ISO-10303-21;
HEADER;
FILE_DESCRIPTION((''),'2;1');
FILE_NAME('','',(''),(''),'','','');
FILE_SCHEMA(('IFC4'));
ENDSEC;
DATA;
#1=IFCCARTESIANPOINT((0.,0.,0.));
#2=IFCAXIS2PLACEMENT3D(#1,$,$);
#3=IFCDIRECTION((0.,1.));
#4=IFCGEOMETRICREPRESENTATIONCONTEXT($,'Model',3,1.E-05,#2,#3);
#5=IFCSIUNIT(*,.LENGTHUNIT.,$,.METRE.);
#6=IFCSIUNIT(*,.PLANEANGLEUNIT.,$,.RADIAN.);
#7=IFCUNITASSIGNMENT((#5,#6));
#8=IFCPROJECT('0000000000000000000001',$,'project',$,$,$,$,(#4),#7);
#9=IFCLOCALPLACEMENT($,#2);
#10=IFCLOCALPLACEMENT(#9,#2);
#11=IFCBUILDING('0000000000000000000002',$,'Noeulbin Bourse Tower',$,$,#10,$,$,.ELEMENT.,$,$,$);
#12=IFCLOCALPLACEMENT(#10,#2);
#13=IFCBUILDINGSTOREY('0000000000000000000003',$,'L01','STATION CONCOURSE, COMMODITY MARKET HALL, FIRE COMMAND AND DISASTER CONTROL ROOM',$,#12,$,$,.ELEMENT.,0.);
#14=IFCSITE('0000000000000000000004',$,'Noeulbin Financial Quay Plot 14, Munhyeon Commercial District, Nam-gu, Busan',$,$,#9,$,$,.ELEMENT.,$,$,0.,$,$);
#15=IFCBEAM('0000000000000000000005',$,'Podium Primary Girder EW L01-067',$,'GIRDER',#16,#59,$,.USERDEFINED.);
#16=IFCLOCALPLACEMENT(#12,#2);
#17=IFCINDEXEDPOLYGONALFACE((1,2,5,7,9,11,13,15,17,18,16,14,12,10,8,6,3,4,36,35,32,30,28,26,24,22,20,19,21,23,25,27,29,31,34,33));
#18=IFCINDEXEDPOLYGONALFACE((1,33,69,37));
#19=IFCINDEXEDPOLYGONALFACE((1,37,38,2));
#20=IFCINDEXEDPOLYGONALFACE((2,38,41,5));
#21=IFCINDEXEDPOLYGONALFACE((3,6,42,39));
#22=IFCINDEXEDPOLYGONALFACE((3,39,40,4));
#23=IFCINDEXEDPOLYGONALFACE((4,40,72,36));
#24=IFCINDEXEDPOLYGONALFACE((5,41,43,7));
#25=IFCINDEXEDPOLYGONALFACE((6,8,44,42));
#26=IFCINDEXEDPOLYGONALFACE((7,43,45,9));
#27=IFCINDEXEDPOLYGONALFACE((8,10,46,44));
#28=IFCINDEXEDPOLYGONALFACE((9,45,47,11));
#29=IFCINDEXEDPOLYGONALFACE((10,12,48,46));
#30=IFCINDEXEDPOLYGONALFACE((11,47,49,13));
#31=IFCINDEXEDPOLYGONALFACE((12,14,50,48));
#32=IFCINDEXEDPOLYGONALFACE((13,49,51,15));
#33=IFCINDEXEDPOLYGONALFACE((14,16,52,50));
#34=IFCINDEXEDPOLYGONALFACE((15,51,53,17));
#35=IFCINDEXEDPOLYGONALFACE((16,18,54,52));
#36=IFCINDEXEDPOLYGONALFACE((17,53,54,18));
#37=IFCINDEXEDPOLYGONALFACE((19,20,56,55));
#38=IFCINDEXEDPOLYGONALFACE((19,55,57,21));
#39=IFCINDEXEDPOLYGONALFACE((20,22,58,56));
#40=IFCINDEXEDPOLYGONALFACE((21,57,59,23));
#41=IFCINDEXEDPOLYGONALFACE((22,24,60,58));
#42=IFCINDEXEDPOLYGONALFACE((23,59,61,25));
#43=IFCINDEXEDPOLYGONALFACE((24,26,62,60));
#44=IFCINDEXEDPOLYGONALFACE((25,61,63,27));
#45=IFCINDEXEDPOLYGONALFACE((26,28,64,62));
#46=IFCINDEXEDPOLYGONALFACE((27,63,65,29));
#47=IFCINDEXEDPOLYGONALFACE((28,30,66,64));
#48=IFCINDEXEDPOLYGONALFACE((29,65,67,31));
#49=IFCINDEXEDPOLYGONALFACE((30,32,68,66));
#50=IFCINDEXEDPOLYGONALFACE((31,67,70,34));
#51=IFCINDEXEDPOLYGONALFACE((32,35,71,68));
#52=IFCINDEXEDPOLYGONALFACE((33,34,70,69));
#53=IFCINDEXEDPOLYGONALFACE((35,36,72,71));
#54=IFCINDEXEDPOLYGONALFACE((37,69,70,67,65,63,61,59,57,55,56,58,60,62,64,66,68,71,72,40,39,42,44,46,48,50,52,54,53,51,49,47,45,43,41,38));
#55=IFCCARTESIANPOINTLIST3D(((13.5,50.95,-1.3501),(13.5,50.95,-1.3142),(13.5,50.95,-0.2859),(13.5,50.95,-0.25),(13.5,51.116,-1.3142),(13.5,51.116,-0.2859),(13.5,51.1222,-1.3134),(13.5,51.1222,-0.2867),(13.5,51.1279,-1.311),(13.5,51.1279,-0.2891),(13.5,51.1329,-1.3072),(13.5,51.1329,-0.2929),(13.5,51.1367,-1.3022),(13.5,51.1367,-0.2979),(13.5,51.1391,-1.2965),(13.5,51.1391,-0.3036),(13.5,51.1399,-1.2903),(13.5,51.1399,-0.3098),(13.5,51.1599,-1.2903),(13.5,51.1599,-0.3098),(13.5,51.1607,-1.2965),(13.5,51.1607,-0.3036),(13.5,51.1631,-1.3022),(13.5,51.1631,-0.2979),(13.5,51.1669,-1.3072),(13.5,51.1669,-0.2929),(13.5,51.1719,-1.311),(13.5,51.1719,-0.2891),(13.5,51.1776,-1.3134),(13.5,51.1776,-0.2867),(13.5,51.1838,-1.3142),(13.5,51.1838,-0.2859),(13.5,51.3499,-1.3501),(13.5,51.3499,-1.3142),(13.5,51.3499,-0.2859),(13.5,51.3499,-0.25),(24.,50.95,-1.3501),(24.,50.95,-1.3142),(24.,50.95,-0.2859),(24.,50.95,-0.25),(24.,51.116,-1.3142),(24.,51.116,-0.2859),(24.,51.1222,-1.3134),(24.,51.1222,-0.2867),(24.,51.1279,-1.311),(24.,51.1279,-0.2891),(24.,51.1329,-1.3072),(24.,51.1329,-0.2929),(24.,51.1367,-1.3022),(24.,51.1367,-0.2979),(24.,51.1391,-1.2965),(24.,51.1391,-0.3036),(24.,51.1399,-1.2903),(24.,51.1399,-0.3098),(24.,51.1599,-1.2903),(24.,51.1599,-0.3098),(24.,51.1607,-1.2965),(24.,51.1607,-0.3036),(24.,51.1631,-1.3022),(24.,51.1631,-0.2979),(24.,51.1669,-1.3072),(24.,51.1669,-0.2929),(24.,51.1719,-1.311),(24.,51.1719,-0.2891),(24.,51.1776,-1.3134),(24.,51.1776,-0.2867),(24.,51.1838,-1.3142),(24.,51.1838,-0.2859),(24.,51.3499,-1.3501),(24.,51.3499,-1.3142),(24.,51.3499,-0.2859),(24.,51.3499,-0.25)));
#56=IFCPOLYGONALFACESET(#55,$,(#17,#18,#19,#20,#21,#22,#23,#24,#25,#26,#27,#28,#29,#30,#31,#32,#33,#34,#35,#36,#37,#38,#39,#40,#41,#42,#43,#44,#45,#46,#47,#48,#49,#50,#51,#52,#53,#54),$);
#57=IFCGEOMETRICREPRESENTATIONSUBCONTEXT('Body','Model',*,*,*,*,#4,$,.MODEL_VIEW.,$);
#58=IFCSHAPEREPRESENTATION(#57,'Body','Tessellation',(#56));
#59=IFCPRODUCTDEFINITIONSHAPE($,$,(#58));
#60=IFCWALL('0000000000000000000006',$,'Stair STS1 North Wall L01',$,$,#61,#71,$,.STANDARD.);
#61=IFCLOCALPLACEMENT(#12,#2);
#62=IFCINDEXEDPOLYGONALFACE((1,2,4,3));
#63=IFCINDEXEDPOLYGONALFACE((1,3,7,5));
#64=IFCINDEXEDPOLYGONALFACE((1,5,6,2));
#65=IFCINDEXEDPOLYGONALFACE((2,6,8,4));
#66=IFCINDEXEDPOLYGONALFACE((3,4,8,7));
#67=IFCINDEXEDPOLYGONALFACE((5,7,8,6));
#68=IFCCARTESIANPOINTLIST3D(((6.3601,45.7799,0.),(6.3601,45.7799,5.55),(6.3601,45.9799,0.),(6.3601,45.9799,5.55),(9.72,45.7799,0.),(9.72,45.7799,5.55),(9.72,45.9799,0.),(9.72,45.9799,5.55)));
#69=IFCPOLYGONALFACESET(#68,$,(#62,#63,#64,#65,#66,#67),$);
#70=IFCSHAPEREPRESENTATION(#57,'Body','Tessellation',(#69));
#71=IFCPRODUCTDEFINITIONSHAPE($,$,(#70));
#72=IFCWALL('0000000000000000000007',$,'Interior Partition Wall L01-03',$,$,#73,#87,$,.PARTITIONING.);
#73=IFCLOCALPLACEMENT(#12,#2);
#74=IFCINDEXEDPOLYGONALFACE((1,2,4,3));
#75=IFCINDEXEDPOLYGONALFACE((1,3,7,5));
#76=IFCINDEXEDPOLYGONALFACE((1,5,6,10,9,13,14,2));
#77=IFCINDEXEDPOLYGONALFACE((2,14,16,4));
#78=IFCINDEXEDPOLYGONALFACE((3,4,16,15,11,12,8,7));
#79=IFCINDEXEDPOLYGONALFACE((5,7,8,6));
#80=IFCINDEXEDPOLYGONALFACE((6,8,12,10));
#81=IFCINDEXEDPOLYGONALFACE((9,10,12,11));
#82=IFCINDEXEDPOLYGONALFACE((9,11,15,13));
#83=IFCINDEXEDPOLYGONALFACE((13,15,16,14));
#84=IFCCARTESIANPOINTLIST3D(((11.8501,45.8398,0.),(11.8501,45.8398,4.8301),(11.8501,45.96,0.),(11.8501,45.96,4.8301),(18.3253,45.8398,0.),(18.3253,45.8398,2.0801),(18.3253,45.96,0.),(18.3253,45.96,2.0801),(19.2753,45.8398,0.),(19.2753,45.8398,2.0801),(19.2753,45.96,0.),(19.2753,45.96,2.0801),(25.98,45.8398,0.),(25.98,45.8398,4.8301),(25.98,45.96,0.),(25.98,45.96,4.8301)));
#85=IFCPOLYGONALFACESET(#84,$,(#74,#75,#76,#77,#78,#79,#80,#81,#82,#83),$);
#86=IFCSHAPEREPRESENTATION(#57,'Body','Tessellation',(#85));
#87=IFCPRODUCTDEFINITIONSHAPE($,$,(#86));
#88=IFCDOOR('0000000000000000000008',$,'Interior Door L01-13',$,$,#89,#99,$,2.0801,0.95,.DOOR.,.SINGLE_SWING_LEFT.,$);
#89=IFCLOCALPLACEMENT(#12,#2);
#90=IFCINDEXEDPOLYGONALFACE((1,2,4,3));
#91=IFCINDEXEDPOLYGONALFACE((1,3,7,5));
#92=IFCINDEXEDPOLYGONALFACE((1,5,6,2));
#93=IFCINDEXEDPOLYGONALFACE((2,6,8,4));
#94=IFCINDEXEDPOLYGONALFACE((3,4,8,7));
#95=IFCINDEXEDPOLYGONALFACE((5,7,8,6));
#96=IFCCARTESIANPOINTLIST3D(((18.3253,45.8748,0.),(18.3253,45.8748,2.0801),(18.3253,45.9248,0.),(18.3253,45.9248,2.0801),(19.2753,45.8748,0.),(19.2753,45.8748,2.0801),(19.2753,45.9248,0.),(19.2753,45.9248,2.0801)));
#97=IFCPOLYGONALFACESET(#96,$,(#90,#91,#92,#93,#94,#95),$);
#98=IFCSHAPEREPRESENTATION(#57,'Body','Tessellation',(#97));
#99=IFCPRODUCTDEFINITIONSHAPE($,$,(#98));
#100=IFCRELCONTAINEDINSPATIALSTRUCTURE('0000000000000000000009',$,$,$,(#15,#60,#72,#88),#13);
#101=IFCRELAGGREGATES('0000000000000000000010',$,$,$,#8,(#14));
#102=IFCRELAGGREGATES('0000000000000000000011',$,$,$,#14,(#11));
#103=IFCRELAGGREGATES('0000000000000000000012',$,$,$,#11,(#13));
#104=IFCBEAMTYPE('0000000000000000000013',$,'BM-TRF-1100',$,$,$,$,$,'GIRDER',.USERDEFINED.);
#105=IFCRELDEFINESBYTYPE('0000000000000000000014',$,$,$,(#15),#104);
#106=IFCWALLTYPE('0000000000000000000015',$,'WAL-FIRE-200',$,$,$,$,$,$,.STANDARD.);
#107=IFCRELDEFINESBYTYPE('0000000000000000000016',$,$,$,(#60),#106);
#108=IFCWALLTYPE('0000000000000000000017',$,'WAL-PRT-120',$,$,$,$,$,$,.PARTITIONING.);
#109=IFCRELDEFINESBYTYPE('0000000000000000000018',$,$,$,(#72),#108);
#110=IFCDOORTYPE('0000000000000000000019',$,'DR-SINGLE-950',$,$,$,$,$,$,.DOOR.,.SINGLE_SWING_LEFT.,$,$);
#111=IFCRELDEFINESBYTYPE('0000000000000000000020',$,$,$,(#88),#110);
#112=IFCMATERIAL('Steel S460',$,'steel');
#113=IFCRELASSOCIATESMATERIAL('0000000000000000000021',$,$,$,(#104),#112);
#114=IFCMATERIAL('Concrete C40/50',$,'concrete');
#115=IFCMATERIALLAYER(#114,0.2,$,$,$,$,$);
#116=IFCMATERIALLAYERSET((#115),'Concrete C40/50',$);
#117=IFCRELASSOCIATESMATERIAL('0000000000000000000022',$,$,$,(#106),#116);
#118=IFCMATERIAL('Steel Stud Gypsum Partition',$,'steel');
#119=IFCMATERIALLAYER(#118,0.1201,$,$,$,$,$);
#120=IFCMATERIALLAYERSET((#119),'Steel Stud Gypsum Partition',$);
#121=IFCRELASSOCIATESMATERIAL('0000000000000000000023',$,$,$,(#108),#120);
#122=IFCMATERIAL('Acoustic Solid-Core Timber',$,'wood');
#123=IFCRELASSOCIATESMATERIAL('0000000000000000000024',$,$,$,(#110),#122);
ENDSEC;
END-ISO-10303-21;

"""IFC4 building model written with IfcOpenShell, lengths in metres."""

from ifc_helpers import new_model, si_unit, direction, frame, frame_2d, origin, origin_2d, place, context, subcontext, project, spatial, rectangle, i_section, extrude, material, layer, layer_set, material_profile, profile_set, type_object, element, fill, save


model = new_model("IFC4")

# Units and contexts
model_context = context("Model", 3, precision=1e-05, world=origin(), true_north=direction((0.0, 1.0)))
body_context = subcontext(model_context, "Body", "Model", "MODEL_VIEW")
ifc_project = project(units=[si_unit("LENGTHUNIT", "METRE"), si_unit("PLANEANGLEUNIT", "RADIAN")], contexts=[model_context])

# Site, building, storey
site_placement = place(None, origin())
site = spatial("IfcSite", under=ifc_project, at=site_placement, Name="Noeulbin Financial Quay Plot 14, Munhyeon Commercial District, Nam-gu, Busan", CompositionType="ELEMENT", RefElevation=0.0)
building_placement = place(site_placement, origin())
building = spatial("IfcBuilding", under=site, at=building_placement, Name="Noeulbin Bourse Tower", CompositionType="ELEMENT")
storey_placement = place(building_placement, origin())
storey = spatial("IfcBuildingStorey", under=building, at=storey_placement, Name="L01", Description="STATION CONCOURSE, COMMODITY MARKET HALL, FIRE COMMAND AND DISASTER CONTROL ROOM", CompositionType="ELEMENT", Elevation=0.0)

# Beam
ifc_material_1 = material(Name="Steel S460", Category="steel")
ifc_material_profile_1 = material_profile(ifc_material_1, i_section(OverallWidth=0.3999, OverallDepth=1.1001, WebThickness=0.02, FlangeThickness=0.0359, FilletRadius=0.0239, at=origin_2d()), Name="PG-1100x400x20x36", Category="LoadBearing")
ifc_profile_set_1 = profile_set([ifc_material_profile_1], Name="Steel S460")
beam_type_1 = type_object("IfcBeamType", Name="BM-TRF-1100", ElementType="GIRDER", PredefinedType="USERDEFINED", material=ifc_profile_set_1)
for number, where, z_axis, x_axis, name in (
    (1, (13.5, 51.1499, -0.8), (1.0, 0.0, 0.0), (0.0, 1.0, 0.0), "Podium Primary Girder EW L01-067"),
):
    element("IfcBeam", number, at=place(storey_placement, frame(where, z_axis=z_axis, x_axis=x_axis)), inside=storey, type_object=beam_type_1, Name=name, ObjectType="GIRDER", PredefinedType="USERDEFINED", context=body_context, shape_type="SweptSolid", body=[
        extrude(i_section(OverallWidth=0.3999, OverallDepth=1.1001, WebThickness=0.02, FlangeThickness=0.0359, FilletRadius=0.0239, at=origin_2d()), origin(), (0.0, 0.0, 1.0), 10.5),
    ])

# Wall
ifc_material_2 = material(Name="Concrete C40/50", Category="concrete")
ifc_layer_1 = layer(ifc_material_2, 0.2)
ifc_layer_set_1 = layer_set([ifc_layer_1], Name="Concrete C40/50")
wall_type_1 = type_object("IfcWallType", Name="WAL-FIRE-200", PredefinedType="STANDARD", material=ifc_layer_set_1)
wall_1_placement = place(storey_placement, frame((6.3601, 45.8799, 0.0), z_axis=(0.0, 0.0, 1.0), x_axis=(1.0, 0.0, 0.0)))
element("IfcWall", 2, at=wall_1_placement, inside=storey, type_object=wall_type_1, Name="Stair STS1 North Wall L01", PredefinedType="STANDARD", context=body_context, shape_type="SweptSolid", body=[
    extrude(rectangle(XDim=3.3599, YDim=0.2, at=frame_2d((1.6799, 0.0))), origin(), (0.0, 0.0, 1.0), 5.55),
])

# Wall, opening, door
ifc_material_3 = material(Name="Steel Stud Gypsum Partition", Category="steel")
ifc_layer_2 = layer(ifc_material_3, 0.1201)
ifc_layer_set_2 = layer_set([ifc_layer_2], Name="Steel Stud Gypsum Partition")
wall_type_2 = type_object("IfcWallType", Name="WAL-PRT-120", PredefinedType="PARTITIONING", material=ifc_layer_set_2)
wall_2_placement = place(storey_placement, frame((11.8501, 45.8999, 0.0), z_axis=(0.0, 0.0, 1.0), x_axis=(1.0, 0.0, 0.0)))
wall_2 = element("IfcWall", 3, at=wall_2_placement, inside=storey, type_object=wall_type_2, Name="Interior Partition Wall L01-03", PredefinedType="PARTITIONING", context=body_context, shape_type="SweptSolid", body=[
    extrude(rectangle(XDim=14.1299, YDim=0.1201, at=frame_2d((7.0649, 0.0))), origin(), (0.0, 0.0, 1.0), 4.8301),
])
opening_placement = place(wall_2_placement, frame((6.4751, 0.0, 0.0)))
opening = element("IfcOpeningElement", 4, at=opening_placement, cuts=wall_2, PredefinedType="OPENING", context=body_context, shape_type="SweptSolid", body=[
    extrude(rectangle(XDim=0.95, YDim=2.0801, at=frame_2d((0.4751, 1.04))), frame((0.0, 0.0701, 0.0), z_axis=(0.0, -1.0, 0.0), x_axis=(1.0, 0.0, 0.0)), (0.0, 0.0, 1.0), 0.1401),
])
ifc_material_4 = material(Name="Acoustic Solid-Core Timber", Category="wood")
door_type = type_object("IfcDoorType", Name="DR-SINGLE-950", OperationType="SINGLE_SWING_LEFT", PredefinedType="DOOR", material=ifc_material_4)
door_placement = place(opening_placement, origin())
door = element("IfcDoor", 5, at=door_placement, inside=storey, type_object=door_type, Name="Interior Door L01-13", OperationType="SINGLE_SWING_LEFT", OverallHeight=2.0801, OverallWidth=0.95, PredefinedType="DOOR", context=body_context, shape_type="SweptSolid", body=[
    extrude(rectangle(XDim=0.95, YDim=2.0801, at=frame_2d((0.4751, 1.04))), frame((0.0, 0.0249, 0.0), z_axis=(0.0, -1.0, 0.0), x_axis=(1.0, 0.0, 0.0)), (0.0, 0.0, 1.0), 0.05),
])
fill(opening, door)

save(model, "model.ifc")
